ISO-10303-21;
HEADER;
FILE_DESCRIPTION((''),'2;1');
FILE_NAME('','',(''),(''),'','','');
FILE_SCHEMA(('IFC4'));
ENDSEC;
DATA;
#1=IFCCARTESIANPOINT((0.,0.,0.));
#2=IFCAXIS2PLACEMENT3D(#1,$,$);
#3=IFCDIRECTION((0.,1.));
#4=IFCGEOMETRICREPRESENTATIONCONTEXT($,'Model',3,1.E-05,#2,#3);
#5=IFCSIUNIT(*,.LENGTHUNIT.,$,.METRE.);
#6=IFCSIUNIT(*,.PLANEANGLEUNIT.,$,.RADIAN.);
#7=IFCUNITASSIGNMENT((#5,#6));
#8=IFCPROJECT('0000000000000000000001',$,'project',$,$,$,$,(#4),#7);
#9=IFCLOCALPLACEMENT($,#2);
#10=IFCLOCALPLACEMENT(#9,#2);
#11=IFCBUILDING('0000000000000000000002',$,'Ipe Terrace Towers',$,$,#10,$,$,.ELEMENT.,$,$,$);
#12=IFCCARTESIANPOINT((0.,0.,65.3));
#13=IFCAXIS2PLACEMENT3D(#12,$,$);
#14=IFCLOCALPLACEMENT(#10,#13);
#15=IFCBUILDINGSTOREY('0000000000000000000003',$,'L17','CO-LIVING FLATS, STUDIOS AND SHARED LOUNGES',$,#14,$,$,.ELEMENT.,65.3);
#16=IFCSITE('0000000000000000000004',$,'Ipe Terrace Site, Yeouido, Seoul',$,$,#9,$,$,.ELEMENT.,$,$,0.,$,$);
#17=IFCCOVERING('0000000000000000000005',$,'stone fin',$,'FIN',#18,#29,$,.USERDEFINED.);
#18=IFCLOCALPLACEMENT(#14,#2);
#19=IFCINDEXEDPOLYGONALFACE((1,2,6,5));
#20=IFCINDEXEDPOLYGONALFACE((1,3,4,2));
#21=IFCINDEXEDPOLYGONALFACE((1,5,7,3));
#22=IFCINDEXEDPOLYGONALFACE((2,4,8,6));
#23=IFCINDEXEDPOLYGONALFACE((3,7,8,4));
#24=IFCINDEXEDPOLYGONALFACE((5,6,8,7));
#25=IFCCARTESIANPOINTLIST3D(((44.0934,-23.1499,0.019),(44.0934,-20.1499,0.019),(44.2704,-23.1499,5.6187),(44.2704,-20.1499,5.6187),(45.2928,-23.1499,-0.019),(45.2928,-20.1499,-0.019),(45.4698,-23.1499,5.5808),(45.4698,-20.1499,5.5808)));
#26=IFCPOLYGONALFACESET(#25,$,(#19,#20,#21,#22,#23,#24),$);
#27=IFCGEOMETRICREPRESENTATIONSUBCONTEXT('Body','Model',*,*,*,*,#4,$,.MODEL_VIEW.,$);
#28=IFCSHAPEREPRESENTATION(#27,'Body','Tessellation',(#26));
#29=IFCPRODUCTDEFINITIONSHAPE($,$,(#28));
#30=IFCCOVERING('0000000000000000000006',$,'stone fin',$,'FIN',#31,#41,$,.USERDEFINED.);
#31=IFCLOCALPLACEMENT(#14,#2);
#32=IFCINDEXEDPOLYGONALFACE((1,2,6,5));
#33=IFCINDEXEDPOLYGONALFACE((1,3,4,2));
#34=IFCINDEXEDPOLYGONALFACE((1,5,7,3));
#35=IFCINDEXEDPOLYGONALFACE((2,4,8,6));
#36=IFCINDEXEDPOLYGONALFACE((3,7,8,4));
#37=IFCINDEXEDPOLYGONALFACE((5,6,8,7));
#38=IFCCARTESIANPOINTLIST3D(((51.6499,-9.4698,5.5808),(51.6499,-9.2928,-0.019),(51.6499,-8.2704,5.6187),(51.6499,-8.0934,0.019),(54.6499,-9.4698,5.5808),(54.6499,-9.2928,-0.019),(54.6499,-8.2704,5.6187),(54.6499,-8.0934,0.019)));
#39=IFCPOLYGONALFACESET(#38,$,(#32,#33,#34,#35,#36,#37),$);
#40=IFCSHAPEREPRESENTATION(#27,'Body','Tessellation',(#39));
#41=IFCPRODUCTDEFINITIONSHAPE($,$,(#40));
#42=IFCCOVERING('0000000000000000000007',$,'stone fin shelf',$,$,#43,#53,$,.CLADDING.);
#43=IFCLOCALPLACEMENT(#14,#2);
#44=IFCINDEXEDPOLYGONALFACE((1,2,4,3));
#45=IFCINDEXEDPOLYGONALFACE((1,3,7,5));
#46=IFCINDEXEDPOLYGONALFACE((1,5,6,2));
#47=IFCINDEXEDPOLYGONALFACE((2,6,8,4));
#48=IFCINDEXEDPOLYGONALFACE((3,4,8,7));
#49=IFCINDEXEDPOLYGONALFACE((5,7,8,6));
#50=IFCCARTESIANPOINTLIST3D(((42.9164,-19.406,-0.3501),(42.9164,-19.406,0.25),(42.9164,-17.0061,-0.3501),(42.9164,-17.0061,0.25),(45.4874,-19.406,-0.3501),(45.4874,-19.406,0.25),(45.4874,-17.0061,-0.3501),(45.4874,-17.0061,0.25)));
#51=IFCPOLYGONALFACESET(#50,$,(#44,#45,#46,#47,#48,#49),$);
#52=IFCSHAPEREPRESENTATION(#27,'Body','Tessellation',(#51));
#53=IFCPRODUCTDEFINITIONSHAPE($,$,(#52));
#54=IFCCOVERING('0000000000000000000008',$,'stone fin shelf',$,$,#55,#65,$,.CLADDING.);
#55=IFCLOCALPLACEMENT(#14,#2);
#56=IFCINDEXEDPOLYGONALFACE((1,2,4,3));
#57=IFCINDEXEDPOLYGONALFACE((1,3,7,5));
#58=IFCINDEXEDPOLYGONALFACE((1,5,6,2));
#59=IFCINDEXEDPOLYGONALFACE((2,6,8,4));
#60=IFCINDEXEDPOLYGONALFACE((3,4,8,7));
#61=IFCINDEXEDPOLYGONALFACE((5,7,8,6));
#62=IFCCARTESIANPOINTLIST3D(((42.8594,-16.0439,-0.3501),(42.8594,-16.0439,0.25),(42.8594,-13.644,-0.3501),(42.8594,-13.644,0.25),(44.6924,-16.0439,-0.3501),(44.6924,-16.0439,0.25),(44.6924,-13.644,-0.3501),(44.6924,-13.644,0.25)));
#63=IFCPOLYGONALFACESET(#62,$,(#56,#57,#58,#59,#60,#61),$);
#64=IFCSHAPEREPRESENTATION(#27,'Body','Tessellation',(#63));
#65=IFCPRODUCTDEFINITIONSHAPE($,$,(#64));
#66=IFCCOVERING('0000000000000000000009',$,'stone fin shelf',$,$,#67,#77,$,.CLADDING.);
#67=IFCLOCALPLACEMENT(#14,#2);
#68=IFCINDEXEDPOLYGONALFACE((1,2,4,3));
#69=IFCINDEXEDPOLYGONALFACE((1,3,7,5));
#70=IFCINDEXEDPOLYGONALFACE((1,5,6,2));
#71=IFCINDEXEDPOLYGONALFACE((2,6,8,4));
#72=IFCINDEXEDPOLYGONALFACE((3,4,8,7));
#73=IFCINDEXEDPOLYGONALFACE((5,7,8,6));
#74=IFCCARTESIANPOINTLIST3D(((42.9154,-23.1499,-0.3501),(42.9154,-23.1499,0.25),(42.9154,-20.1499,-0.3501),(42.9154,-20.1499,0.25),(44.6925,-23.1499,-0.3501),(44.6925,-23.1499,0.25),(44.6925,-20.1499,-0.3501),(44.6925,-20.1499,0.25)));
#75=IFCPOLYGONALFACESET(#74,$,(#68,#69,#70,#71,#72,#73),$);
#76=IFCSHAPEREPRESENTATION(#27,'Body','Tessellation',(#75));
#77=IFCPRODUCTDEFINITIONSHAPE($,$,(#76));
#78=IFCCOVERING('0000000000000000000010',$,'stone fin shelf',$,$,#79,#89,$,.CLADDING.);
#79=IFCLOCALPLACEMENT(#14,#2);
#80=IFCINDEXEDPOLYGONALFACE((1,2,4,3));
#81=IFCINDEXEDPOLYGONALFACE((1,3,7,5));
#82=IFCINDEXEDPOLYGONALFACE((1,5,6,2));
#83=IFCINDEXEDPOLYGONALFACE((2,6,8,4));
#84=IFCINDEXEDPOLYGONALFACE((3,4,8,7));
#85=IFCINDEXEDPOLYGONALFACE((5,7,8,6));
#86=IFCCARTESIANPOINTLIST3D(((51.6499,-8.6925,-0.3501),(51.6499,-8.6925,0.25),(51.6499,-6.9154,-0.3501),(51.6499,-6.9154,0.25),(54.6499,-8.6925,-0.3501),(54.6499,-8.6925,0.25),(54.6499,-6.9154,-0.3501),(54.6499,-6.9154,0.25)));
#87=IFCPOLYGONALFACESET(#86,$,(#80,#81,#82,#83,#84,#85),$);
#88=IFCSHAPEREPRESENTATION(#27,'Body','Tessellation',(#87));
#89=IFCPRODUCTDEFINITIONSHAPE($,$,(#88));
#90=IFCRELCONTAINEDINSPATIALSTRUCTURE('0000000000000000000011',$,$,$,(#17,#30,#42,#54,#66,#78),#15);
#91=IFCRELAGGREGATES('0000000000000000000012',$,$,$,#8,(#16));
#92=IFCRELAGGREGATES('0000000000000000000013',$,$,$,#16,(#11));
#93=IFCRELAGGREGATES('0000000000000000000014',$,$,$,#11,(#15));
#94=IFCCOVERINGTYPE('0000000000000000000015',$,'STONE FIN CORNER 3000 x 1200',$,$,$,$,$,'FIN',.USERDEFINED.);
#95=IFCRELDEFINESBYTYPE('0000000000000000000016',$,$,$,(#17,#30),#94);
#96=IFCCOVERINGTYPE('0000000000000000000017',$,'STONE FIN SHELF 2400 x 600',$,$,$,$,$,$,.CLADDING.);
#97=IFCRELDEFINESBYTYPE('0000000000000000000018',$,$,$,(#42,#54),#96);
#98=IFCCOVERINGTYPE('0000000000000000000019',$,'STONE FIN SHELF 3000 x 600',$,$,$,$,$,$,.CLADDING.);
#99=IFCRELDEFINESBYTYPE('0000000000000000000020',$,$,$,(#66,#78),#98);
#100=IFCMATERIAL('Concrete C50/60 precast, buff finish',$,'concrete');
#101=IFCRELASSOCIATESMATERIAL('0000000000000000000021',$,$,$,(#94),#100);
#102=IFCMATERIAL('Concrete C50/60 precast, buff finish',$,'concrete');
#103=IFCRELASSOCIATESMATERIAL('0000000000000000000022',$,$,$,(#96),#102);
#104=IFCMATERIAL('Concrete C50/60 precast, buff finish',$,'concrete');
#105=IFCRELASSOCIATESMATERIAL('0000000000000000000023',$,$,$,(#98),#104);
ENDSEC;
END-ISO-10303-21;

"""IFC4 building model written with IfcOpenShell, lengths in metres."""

from ifc_helpers import new_model, si_unit, direction, frame, origin, origin_2d, place, context, subcontext, project, spatial, rectangle, extrude, material, material_profile, profile_set, type_object, element, save


model = new_model("IFC4")

# Units and contexts
model_context = context("Model", 3, precision=1e-05, world=origin(), true_north=direction((0.0, 1.0)))
body_context = subcontext(model_context, "Body", "Model", "MODEL_VIEW")
ifc_project = project(units=[si_unit("LENGTHUNIT", "METRE"), si_unit("PLANEANGLEUNIT", "RADIAN")], contexts=[model_context])

# Site, building, storey
site_placement = place(None, origin())
site = spatial("IfcSite", under=ifc_project, at=site_placement, Name="Ipe Terrace Site, Yeouido, Seoul", CompositionType="ELEMENT", RefElevation=0.0)
building_placement = place(site_placement, origin())
building = spatial("IfcBuilding", under=site, at=building_placement, Name="Ipe Terrace Towers", CompositionType="ELEMENT")
storey_placement = place(building_placement, frame((0.0, 0.0, 65.3)))
storey = spatial("IfcBuildingStorey", under=building, at=storey_placement, Name="L17", Description="CO-LIVING FLATS, STUDIOS AND SHARED LOUNGES", CompositionType="ELEMENT", Elevation=65.3)

# Coverings
ifc_material_1 = material(Name="Concrete C50/60 precast, buff finish", Category="concrete")
ifc_material_profile_1 = material_profile(ifc_material_1, rectangle(XDim=3.0, YDim=1.2, at=origin_2d()), Name="STONE FIN CORNER 3000 x 1200")
ifc_profile_set_1 = profile_set([ifc_material_profile_1], Name="Concrete C50/60 precast, buff finish")
covering_type_1 = type_object("IfcCoveringType", Name="STONE FIN CORNER 3000 x 1200", ElementType="FIN", PredefinedType="USERDEFINED", material=ifc_profile_set_1)
for number, where, z_axis, x_axis, name in (
    (1, (44.6931, -21.6499, 0.0), (0.031593, 0.0, 0.999501), (0.0, 1.0, 0.0), "stone fin"),
    (2, (53.1499, -8.6931, 0.0), (0.0, -0.031593, 0.999501), (1.0, 0.0, 0.0), "stone fin"),
):
    element("IfcCovering", number, at=place(storey_placement, frame(where, z_axis=z_axis, x_axis=x_axis)), inside=storey, type_object=covering_type_1, Name=name, ObjectType="FIN", PredefinedType="USERDEFINED", context=body_context, shape_type="SweptSolid", body=[
        extrude(rectangle(XDim=3.0, YDim=1.2, at=origin_2d()), origin(), (0.0, 0.0, 1.0), 5.6025),
    ])
ifc_material_2 = material(Name="Concrete C50/60 precast, buff finish", Category="concrete")
covering_type_2 = type_object("IfcCoveringType", Name="STONE FIN SHELF 2400 x 600", PredefinedType="CLADDING", material=ifc_material_2)
covering_1_placement = place(storey_placement, frame((44.2019, -18.2061, -0.3501), z_axis=(0.0, 0.0, 1.0), x_axis=(0.0, 1.0, 0.0)))
element("IfcCovering", 3, at=covering_1_placement, inside=storey, type_object=covering_type_2, Name="stone fin shelf", PredefinedType="CLADDING", context=body_context, shape_type="SweptSolid", body=[
    extrude(rectangle(XDim=2.3999, YDim=2.571, at=origin_2d()), origin(), (0.0, 0.0, 1.0), 0.6001),
])
covering_2_placement = place(storey_placement, frame((43.7759, -14.844, -0.3501), z_axis=(0.0, 0.0, 1.0), x_axis=(0.0, 1.0, 0.0)))
element("IfcCovering", 4, at=covering_2_placement, inside=storey, type_object=covering_type_2, Name="stone fin shelf", PredefinedType="CLADDING", context=body_context, shape_type="SweptSolid", body=[
    extrude(rectangle(XDim=2.3999, YDim=1.833, at=origin_2d()), origin(), (0.0, 0.0, 1.0), 0.6001),
])
ifc_material_3 = material(Name="Concrete C50/60 precast, buff finish", Category="concrete")
covering_type_3 = type_object("IfcCoveringType", Name="STONE FIN SHELF 3000 x 600", PredefinedType="CLADDING", material=ifc_material_3)
for number, where, z_axis, x_axis, name in (
    (5, (43.804, -21.6499, -0.3501), (0.0, 0.0, 1.0), (0.0, 1.0, 0.0), "stone fin shelf"),
    (6, (53.1499, -7.804, -0.3501), (0.0, 0.0, 1.0), (1.0, 0.0, 0.0), "stone fin shelf"),
):
    element("IfcCovering", number, at=place(storey_placement, frame(where, z_axis=z_axis, x_axis=x_axis)), inside=storey, type_object=covering_type_3, Name=name, PredefinedType="CLADDING", context=body_context, shape_type="SweptSolid", body=[
        extrude(rectangle(XDim=3.0, YDim=1.7771, at=origin_2d()), origin(), (0.0, 0.0, 1.0), 0.6001),
    ])

save(model, "model.ifc")
